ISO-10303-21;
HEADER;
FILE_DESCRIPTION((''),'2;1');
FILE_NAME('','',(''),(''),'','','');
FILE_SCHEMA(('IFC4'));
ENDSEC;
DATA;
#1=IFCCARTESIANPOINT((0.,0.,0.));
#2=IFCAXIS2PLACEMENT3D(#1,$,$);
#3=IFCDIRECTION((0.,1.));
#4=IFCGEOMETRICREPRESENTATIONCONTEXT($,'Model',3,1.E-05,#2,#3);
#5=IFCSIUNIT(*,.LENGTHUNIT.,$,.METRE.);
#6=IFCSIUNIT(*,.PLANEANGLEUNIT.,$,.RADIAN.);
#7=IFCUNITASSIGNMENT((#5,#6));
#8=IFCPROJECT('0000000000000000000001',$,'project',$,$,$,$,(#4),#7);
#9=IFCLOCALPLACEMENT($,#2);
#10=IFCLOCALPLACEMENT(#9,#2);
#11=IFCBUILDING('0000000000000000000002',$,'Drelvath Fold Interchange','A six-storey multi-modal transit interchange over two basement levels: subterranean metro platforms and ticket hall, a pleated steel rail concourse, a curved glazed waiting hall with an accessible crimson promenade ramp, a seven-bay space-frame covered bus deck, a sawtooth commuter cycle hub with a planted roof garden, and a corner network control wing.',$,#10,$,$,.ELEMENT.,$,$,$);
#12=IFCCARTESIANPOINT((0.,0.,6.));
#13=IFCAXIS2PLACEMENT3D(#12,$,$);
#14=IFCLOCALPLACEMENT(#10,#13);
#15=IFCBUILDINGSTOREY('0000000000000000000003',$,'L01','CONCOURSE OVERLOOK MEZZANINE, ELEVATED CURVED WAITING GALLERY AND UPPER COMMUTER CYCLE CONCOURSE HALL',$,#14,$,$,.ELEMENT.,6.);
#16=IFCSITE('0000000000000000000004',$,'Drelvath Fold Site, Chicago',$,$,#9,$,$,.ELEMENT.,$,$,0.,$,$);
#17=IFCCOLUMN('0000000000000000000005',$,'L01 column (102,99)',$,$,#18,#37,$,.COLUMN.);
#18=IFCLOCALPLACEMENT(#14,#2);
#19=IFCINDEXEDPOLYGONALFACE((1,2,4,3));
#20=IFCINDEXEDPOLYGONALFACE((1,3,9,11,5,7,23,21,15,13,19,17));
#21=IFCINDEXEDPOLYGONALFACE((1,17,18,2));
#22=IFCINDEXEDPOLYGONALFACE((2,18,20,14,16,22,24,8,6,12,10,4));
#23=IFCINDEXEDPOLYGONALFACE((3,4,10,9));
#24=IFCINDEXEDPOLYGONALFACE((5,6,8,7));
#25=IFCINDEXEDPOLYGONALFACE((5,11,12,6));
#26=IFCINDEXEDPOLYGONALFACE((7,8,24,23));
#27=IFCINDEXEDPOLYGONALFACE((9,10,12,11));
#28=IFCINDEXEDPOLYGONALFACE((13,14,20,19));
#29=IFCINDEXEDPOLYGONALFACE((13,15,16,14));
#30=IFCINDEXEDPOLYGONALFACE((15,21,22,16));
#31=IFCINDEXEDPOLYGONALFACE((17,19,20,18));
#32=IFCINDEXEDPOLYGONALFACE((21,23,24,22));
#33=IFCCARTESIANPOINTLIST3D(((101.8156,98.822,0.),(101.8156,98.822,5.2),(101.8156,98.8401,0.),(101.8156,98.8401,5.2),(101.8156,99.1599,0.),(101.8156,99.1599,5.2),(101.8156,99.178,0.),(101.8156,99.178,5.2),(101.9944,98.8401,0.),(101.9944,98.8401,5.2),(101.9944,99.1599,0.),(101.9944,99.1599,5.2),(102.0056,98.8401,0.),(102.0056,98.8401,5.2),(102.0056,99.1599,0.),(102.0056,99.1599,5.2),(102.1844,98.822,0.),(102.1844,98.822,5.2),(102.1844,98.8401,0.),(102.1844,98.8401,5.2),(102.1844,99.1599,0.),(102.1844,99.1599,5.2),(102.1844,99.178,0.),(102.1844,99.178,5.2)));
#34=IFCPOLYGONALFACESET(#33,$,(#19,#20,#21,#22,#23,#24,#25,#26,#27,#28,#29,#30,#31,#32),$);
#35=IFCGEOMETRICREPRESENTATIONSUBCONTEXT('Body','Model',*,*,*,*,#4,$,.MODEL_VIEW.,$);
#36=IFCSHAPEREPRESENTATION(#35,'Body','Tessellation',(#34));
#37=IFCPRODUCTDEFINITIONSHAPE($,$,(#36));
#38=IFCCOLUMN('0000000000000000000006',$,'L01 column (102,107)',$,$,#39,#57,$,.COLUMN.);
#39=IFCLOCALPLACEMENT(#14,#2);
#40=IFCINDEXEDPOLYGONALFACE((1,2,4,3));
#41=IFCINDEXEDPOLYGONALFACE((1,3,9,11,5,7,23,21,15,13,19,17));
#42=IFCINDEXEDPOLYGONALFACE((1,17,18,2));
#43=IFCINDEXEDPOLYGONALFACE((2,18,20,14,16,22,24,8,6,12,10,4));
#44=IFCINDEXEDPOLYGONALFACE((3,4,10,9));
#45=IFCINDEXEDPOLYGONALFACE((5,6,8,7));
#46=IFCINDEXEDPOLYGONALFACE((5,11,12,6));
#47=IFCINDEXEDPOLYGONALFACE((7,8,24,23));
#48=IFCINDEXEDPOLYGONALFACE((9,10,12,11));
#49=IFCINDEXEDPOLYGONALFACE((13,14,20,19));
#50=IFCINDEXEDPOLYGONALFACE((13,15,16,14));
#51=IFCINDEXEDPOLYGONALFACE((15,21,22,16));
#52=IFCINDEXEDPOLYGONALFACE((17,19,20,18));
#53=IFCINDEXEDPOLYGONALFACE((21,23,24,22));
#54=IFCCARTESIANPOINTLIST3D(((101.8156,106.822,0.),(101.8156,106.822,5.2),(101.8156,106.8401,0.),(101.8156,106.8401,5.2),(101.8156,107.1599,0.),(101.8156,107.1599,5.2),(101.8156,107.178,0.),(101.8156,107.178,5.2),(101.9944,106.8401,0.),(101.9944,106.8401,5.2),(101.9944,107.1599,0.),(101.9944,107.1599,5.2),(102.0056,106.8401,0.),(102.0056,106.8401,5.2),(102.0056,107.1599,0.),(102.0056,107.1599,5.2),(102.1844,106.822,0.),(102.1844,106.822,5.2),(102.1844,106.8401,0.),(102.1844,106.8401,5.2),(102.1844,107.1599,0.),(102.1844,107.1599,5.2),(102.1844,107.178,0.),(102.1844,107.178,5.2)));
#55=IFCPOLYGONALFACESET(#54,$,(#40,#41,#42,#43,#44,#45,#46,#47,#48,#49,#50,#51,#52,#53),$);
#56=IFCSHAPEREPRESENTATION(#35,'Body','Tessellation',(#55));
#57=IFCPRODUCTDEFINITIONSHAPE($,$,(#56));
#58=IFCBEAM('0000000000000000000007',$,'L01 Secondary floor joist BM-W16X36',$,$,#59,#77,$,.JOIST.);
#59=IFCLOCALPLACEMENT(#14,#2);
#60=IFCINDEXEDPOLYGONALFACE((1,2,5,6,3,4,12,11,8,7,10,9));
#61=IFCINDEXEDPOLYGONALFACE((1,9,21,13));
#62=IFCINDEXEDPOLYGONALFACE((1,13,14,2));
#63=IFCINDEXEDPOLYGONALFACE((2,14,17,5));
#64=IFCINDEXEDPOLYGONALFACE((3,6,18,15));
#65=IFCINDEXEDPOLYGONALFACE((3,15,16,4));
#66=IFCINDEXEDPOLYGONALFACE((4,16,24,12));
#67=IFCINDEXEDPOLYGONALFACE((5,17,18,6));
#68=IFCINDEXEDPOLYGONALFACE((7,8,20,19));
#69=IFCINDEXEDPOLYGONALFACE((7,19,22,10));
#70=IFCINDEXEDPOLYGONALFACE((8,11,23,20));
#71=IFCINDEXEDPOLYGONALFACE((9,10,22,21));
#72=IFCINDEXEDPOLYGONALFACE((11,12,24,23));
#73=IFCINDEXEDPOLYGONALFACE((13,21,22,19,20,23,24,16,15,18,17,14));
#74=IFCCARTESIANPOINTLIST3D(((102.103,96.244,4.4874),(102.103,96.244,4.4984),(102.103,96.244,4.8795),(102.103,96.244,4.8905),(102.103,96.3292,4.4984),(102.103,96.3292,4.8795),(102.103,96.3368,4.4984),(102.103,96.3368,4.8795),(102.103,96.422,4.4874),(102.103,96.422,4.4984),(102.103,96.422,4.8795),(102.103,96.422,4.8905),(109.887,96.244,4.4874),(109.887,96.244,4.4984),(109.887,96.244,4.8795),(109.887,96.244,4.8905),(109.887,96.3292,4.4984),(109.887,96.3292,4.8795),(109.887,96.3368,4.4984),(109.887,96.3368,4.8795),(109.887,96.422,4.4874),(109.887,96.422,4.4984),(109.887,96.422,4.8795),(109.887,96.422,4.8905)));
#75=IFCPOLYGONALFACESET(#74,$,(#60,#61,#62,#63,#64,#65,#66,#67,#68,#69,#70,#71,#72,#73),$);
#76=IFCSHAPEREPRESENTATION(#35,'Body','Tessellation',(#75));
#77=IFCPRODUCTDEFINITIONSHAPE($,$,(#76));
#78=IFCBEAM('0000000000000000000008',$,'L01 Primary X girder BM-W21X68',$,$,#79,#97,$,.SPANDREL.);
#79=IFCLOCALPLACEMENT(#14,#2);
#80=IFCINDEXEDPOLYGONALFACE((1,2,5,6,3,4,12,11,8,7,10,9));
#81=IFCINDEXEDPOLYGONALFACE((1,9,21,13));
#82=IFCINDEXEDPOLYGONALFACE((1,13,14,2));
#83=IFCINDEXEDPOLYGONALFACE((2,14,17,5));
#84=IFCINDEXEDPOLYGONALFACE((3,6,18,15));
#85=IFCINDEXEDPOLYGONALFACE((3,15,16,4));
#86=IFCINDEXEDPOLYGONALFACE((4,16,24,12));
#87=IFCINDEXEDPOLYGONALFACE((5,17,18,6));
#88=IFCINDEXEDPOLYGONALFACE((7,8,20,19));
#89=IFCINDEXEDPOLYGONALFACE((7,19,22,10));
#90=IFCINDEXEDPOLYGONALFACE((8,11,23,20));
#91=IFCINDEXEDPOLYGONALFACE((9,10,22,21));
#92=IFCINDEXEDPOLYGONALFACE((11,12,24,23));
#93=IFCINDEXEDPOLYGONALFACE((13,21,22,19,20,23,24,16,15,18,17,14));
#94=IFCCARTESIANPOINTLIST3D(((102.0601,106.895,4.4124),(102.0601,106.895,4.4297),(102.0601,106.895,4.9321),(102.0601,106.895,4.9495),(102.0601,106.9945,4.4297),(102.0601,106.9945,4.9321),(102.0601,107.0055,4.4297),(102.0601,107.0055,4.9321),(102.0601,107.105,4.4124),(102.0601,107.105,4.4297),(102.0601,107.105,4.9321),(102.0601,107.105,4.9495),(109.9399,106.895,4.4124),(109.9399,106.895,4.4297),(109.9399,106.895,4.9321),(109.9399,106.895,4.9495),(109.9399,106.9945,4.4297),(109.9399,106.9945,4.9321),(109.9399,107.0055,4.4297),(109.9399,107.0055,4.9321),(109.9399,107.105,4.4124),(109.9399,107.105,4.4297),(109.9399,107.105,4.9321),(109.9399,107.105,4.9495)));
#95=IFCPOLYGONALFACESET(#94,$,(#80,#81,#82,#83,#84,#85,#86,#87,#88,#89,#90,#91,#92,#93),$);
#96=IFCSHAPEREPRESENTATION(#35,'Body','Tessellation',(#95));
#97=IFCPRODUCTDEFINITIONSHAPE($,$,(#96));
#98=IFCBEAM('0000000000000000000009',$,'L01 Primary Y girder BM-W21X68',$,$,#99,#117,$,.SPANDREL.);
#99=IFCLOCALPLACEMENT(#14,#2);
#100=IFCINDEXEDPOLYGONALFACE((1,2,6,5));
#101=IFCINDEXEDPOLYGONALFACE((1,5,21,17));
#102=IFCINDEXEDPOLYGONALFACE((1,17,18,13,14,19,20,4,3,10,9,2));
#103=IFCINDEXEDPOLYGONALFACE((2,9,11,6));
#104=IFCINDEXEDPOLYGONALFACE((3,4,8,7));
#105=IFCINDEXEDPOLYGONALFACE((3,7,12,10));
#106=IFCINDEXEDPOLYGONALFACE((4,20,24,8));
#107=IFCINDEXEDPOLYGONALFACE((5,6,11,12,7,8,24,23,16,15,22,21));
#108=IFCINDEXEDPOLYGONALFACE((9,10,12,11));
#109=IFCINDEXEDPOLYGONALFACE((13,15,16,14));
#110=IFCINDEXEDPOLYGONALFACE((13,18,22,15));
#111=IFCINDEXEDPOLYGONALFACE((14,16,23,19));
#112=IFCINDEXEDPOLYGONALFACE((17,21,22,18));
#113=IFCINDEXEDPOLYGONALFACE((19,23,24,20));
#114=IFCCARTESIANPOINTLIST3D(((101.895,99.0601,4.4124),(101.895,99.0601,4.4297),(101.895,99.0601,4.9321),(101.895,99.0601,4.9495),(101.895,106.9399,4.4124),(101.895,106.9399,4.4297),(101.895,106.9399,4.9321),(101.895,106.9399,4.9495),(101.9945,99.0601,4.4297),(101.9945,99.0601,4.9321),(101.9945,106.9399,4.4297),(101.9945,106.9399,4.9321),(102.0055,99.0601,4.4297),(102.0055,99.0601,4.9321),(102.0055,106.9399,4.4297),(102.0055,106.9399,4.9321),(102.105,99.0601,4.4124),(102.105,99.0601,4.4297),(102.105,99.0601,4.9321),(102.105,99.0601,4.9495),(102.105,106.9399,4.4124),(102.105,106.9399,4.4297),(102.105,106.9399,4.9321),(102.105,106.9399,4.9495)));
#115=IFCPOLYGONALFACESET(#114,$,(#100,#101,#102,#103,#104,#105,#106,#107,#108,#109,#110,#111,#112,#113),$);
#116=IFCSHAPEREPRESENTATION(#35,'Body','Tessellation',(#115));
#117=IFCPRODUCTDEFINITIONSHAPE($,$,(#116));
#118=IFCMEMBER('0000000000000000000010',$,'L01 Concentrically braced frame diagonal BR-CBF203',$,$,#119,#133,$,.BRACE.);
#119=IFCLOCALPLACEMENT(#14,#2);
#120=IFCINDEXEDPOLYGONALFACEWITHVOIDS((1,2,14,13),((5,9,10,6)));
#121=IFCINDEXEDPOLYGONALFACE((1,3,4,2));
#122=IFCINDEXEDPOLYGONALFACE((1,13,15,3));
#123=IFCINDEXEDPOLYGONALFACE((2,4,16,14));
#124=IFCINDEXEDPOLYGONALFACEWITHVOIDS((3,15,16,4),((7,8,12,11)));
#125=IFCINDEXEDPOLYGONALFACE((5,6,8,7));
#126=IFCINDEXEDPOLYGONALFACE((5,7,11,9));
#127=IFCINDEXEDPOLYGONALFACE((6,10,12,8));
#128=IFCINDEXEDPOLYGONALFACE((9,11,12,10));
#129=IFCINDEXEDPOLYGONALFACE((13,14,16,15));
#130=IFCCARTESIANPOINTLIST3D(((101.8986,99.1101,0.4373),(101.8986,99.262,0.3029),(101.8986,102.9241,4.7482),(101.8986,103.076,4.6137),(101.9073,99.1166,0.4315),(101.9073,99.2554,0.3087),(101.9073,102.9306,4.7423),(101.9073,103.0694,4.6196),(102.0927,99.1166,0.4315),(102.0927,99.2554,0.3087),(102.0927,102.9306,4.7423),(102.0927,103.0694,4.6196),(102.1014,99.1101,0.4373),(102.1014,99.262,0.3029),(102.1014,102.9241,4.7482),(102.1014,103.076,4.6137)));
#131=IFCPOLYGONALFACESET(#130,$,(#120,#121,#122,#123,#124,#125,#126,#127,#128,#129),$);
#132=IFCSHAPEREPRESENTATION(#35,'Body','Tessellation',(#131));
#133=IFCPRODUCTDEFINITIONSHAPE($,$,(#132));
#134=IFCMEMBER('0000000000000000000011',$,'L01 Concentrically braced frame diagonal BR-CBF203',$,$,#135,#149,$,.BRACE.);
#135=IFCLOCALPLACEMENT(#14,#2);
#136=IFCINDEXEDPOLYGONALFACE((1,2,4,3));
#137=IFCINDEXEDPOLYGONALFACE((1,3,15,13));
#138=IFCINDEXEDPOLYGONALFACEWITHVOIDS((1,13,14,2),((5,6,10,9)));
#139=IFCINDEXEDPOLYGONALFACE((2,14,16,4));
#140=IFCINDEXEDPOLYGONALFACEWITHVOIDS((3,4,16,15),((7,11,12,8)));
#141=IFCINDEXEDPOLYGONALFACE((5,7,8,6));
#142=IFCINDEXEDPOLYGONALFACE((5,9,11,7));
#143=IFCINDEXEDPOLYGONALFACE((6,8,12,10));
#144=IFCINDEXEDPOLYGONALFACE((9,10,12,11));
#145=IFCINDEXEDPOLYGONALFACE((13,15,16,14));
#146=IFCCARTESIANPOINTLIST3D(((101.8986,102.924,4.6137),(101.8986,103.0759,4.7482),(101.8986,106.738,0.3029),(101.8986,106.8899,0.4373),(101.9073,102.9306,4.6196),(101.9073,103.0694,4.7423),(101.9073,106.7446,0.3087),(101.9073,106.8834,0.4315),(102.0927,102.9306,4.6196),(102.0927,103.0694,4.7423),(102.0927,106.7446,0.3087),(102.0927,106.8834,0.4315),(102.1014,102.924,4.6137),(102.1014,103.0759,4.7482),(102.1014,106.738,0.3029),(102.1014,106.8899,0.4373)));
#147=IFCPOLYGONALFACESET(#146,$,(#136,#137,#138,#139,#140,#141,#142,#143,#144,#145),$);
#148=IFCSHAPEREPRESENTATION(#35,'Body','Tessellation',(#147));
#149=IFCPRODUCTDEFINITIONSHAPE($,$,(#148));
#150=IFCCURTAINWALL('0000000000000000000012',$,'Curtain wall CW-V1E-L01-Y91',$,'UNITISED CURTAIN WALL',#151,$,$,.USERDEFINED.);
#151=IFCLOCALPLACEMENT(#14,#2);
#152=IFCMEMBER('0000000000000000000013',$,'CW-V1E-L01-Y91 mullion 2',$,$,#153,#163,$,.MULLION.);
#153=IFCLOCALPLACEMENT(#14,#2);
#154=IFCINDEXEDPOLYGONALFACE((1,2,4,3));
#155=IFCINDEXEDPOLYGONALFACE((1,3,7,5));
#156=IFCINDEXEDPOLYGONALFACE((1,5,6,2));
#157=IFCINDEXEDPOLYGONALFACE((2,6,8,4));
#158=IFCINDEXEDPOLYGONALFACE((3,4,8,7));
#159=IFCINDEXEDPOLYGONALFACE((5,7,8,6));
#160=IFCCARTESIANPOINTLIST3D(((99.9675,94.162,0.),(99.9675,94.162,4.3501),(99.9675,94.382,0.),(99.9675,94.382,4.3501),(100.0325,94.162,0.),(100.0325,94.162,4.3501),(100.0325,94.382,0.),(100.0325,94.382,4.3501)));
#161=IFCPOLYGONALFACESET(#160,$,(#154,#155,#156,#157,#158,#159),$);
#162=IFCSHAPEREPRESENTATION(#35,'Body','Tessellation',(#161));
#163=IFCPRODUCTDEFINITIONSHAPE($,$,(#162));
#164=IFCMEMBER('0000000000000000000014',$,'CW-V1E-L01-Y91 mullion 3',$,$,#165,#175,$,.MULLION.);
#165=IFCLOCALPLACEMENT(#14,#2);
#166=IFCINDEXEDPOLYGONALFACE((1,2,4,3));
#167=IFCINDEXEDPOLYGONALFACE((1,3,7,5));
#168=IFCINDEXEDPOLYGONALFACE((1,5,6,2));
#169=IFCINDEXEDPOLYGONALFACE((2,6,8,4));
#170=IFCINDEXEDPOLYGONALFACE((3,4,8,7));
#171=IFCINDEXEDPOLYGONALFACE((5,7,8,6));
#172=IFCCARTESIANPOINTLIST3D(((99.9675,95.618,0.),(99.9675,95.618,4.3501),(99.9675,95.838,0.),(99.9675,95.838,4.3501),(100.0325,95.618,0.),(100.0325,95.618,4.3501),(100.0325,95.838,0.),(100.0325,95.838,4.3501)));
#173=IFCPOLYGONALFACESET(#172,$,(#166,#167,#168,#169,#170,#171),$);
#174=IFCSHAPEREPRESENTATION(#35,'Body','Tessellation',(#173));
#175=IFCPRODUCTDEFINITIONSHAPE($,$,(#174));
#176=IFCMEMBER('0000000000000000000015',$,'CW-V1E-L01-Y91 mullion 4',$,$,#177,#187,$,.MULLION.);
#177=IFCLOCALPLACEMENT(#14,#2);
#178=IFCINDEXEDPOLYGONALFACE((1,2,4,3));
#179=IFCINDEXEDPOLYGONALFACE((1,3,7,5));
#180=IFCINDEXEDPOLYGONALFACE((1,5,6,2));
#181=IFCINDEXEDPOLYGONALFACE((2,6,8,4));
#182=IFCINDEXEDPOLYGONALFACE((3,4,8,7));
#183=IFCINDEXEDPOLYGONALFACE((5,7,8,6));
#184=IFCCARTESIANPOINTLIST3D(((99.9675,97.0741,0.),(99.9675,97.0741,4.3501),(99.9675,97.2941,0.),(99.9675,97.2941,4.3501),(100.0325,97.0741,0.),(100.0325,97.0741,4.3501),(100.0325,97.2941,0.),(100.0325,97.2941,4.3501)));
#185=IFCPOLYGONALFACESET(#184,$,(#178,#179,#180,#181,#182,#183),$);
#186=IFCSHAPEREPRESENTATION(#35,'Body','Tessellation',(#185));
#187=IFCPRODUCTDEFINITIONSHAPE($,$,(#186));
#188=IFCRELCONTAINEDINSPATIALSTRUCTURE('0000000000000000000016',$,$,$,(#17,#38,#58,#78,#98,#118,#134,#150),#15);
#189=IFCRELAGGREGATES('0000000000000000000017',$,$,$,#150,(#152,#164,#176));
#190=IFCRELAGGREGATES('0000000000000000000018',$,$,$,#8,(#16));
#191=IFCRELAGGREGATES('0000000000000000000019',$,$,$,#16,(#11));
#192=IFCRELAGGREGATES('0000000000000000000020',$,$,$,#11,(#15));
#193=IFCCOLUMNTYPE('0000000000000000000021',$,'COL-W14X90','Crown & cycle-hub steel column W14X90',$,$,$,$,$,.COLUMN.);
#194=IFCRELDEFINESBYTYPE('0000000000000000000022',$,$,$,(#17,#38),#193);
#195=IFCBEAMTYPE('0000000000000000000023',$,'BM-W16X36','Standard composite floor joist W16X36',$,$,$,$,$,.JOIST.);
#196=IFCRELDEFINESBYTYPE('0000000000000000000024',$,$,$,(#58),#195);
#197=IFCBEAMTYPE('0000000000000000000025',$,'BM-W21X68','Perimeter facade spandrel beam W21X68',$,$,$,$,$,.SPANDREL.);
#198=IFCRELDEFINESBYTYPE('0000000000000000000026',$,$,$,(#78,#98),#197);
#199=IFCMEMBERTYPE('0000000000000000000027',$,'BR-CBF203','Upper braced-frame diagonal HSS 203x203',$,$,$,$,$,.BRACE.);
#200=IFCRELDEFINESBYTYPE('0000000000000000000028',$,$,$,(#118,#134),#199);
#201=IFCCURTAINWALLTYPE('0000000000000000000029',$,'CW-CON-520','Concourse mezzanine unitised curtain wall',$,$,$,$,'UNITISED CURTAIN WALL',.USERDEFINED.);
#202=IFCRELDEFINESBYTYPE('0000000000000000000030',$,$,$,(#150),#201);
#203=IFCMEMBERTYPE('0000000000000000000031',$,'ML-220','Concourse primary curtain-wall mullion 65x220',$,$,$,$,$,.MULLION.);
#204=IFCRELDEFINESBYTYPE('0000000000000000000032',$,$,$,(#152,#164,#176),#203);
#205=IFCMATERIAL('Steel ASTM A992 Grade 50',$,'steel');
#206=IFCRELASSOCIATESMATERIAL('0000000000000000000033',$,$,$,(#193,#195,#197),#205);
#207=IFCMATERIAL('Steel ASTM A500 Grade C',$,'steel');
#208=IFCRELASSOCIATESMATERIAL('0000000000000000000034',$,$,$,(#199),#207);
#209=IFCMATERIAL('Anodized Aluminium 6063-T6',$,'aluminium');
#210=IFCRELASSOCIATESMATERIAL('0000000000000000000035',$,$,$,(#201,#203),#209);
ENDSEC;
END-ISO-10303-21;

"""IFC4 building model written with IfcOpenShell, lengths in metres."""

from ifc_helpers import new_model, si_unit, direction, frame, origin, origin_2d, place, context, subcontext, project, spatial, rectangle, hollow_rectangle, i_section, extrude, material, material_profile, profile_set, type_object, element, aggregate, save


model = new_model("IFC4")

# Units and contexts
model_context = context("Model", 3, precision=1e-05, world=origin(), true_north=direction((0.0, 1.0)))
body_context = subcontext(model_context, "Body", "Model", "MODEL_VIEW")
ifc_project = project(units=[si_unit("LENGTHUNIT", "METRE"), si_unit("PLANEANGLEUNIT", "RADIAN")], contexts=[model_context])

# Site, building, storey
site_placement = place(None, origin())
site = spatial("IfcSite", under=ifc_project, at=site_placement, Name="Drelvath Fold Site, Chicago", CompositionType="ELEMENT", RefElevation=0.0)
building_placement = place(site_placement, origin())
building = spatial("IfcBuilding", under=site, at=building_placement, Name="Drelvath Fold Interchange", Description="A six-storey multi-modal transit interchange over two basement levels: subterranean metro platforms and ticket hall, a pleated steel rail concourse, a curved glazed waiting hall with an accessible crimson promenade ramp, a seven-bay space-frame covered bus deck, a sawtooth commuter cycle hub with a planted roof garden, and a corner network control wing.", CompositionType="ELEMENT")
storey_placement = place(building_placement, frame((0.0, 0.0, 6.0)))
storey = spatial("IfcBuildingStorey", under=building, at=storey_placement, Name="L01", Description="CONCOURSE OVERLOOK MEZZANINE, ELEVATED CURVED WAITING GALLERY AND UPPER COMMUTER CYCLE CONCOURSE HALL", CompositionType="ELEMENT", Elevation=6.0)

# Columns
ifc_material_1 = material(Name="Steel ASTM A992 Grade 50", Category="steel")
ifc_material_profile_1 = material_profile(ifc_material_1, i_section(OverallWidth=0.3689, OverallDepth=0.356, WebThickness=0.0112, FlangeThickness=0.0181, at=origin_2d()), Name="W14X90")
ifc_profile_set_1 = profile_set([ifc_material_profile_1], Name="Steel ASTM A992 Grade 50")
column_type = type_object("IfcColumnType", Name="COL-W14X90", Description="Crown & cycle-hub steel column W14X90", PredefinedType="COLUMN", material=ifc_profile_set_1)
for number, where, z_axis, x_axis, name in (
    (1, (102.0, 99.0, 0.0), (0.0, 0.0, 1.0), (1.0, 0.0, 0.0), "L01 column (102,99)"),
    (2, (102.0, 107.0, 0.0), (0.0, 0.0, 1.0), (1.0, 0.0, 0.0), "L01 column (102,107)"),
):
    element("IfcColumn", number, at=place(storey_placement, frame(where, z_axis=z_axis, x_axis=x_axis)), inside=storey, type_object=column_type, Name=name, PredefinedType="COLUMN", context=body_context, shape_type="SweptSolid", body=[
        extrude(i_section(OverallWidth=0.3689, OverallDepth=0.356, WebThickness=0.0112, FlangeThickness=0.0181, at=origin_2d()), origin(), (0.0, 0.0, 1.0), 5.2),
    ])

# Beams
ifc_material_profile_2 = material_profile(ifc_material_1, i_section(OverallWidth=0.178, OverallDepth=0.4031, WebThickness=0.0076, FlangeThickness=0.011, at=origin_2d()), Name="W16X36")
ifc_profile_set_2 = profile_set([ifc_material_profile_2], Name="Steel ASTM A992 Grade 50")
beam_type_1 = type_object("IfcBeamType", Name="BM-W16X36", Description="Standard composite floor joist W16X36", PredefinedType="JOIST", material=ifc_profile_set_2)
beam_placement = place(storey_placement, frame((102.103, 96.333, 4.689), z_axis=(1.0, 0.0, 0.0), x_axis=(0.0, 1.0, 0.0)))
element("IfcBeam", 3, at=beam_placement, inside=storey, type_object=beam_type_1, Name="L01 Secondary floor joist BM-W16X36", PredefinedType="JOIST", context=body_context, shape_type="SweptSolid", body=[
    extrude(i_section(OverallWidth=0.178, OverallDepth=0.4031, WebThickness=0.0076, FlangeThickness=0.011, at=origin_2d()), origin(), (0.0, 0.0, 1.0), 7.7839),
])
ifc_material_profile_3 = material_profile(ifc_material_1, i_section(OverallWidth=0.21, OverallDepth=0.5371, WebThickness=0.011, FlangeThickness=0.0173, at=origin_2d()), Name="W21X68")
ifc_profile_set_3 = profile_set([ifc_material_profile_3], Name="Steel ASTM A992 Grade 50")
beam_type_2 = type_object("IfcBeamType", Name="BM-W21X68", Description="Perimeter facade spandrel beam W21X68", PredefinedType="SPANDREL", material=ifc_profile_set_3)
for number, where, z_axis, x_axis, name in (
    (4, (102.0601, 107.0, 4.6809), (1.0, 0.0, 0.0), (0.0, 1.0, 0.0), "L01 Primary X girder BM-W21X68"),
    (5, (102.0, 99.0601, 4.6809), (0.0, 1.0, 0.0), (-1.0, 0.0, 0.0), "L01 Primary Y girder BM-W21X68"),
):
    element("IfcBeam", number, at=place(storey_placement, frame(where, z_axis=z_axis, x_axis=x_axis)), inside=storey, type_object=beam_type_2, Name=name, PredefinedType="SPANDREL", context=body_context, shape_type="SweptSolid", body=[
        extrude(i_section(OverallWidth=0.21, OverallDepth=0.5371, WebThickness=0.011, FlangeThickness=0.0173, at=origin_2d()), origin(), (0.0, 0.0, 1.0), 7.8799),
    ])

# Members
ifc_material_2 = material(Name="Steel ASTM A500 Grade C", Category="steel")
ifc_material_profile_4 = material_profile(ifc_material_2, hollow_rectangle(XDim=0.2029, YDim=0.2029, WallThickness=0.0088, at=origin_2d()), Name="HSS8X8X3/8")
ifc_profile_set_4 = profile_set([ifc_material_profile_4], Name="Steel ASTM A500 Grade C")
member_type_1 = type_object("IfcMemberType", Name="BR-CBF203", Description="Upper braced-frame diagonal HSS 203x203", PredefinedType="BRACE", material=ifc_profile_set_4)
for number, where, z_axis, x_axis, name in (
    (6, (102.0, 99.186, 0.3701), (0.0, 0.66263, 0.748947), (-1.0, 0.0, 0.0), "L01 Concentrically braced frame diagonal BR-CBF203"),
    (7, (102.0, 106.814, 0.3701), (0.0, -0.66263, 0.748947), (1.0, 0.0, 0.0), "L01 Concentrically braced frame diagonal BR-CBF203"),
):
    element("IfcMember", number, at=place(storey_placement, frame(where, z_axis=z_axis, x_axis=x_axis)), inside=storey, type_object=member_type_1, Name=name, PredefinedType="BRACE", context=body_context, shape_type="SweptSolid", body=[
        extrude(hollow_rectangle(XDim=0.2029, YDim=0.2029, WallThickness=0.0088, at=origin_2d()), origin(), (0.0, 0.0, 1.0), 5.7559),
    ])

# Curtain wall, members
ifc_material_3 = material(Name="Anodized Aluminium 6063-T6", Category="aluminium")
curtain_wall_type = type_object("IfcCurtainWallType", Name="CW-CON-520", Description="Concourse mezzanine unitised curtain wall", ElementType="UNITISED CURTAIN WALL", PredefinedType="USERDEFINED", material=ifc_material_3)
curtain_wall_placement = place(storey_placement, origin())
curtain_wall = element("IfcCurtainWall", 8, at=curtain_wall_placement, inside=storey, type_object=curtain_wall_type, Name="Curtain wall CW-V1E-L01-Y91", ObjectType="UNITISED CURTAIN WALL", PredefinedType="USERDEFINED")
ifc_material_profile_5 = material_profile(ifc_material_3, rectangle(XDim=0.0649, YDim=0.22, at=origin_2d()), Name="AL-M 65x220")
ifc_profile_set_5 = profile_set([ifc_material_profile_5], Name="Anodized Aluminium 6063-T6")
member_type_2 = type_object("IfcMemberType", Name="ML-220", Description="Concourse primary curtain-wall mullion 65x220", PredefinedType="MULLION", material=ifc_profile_set_5)
member_1_placement = place(storey_placement, frame((100.0, 94.272, 0.0), z_axis=(0.0, 0.0, 1.0), x_axis=(1.0, 0.0, 0.0)))
member_1 = element("IfcMember", 9, at=member_1_placement, type_object=member_type_2, Name="CW-V1E-L01-Y91 mullion 2", PredefinedType="MULLION", context=body_context, shape_type="SweptSolid", body=[
    extrude(rectangle(XDim=0.0649, YDim=0.22, at=origin_2d()), origin(), (0.0, 0.0, 1.0), 4.3501),
])
member_2_placement = place(storey_placement, frame((100.0, 95.728, 0.0), z_axis=(0.0, 0.0, 1.0), x_axis=(1.0, 0.0, 0.0)))
member_2 = element("IfcMember", 10, at=member_2_placement, type_object=member_type_2, Name="CW-V1E-L01-Y91 mullion 3", PredefinedType="MULLION", context=body_context, shape_type="SweptSolid", body=[
    extrude(rectangle(XDim=0.0649, YDim=0.22, at=origin_2d()), origin(), (0.0, 0.0, 1.0), 4.3501),
])
member_3_placement = place(storey_placement, frame((100.0, 97.1841, 0.0), z_axis=(0.0, 0.0, 1.0), x_axis=(1.0, 0.0, 0.0)))
member_3 = element("IfcMember", 11, at=member_3_placement, type_object=member_type_2, Name="CW-V1E-L01-Y91 mullion 4", PredefinedType="MULLION", context=body_context, shape_type="SweptSolid", body=[
    extrude(rectangle(XDim=0.0649, YDim=0.22, at=origin_2d()), origin(), (0.0, 0.0, 1.0), 4.3501),
])
aggregate(curtain_wall, [member_1, member_2, member_3])

save(model, "model.ifc")
